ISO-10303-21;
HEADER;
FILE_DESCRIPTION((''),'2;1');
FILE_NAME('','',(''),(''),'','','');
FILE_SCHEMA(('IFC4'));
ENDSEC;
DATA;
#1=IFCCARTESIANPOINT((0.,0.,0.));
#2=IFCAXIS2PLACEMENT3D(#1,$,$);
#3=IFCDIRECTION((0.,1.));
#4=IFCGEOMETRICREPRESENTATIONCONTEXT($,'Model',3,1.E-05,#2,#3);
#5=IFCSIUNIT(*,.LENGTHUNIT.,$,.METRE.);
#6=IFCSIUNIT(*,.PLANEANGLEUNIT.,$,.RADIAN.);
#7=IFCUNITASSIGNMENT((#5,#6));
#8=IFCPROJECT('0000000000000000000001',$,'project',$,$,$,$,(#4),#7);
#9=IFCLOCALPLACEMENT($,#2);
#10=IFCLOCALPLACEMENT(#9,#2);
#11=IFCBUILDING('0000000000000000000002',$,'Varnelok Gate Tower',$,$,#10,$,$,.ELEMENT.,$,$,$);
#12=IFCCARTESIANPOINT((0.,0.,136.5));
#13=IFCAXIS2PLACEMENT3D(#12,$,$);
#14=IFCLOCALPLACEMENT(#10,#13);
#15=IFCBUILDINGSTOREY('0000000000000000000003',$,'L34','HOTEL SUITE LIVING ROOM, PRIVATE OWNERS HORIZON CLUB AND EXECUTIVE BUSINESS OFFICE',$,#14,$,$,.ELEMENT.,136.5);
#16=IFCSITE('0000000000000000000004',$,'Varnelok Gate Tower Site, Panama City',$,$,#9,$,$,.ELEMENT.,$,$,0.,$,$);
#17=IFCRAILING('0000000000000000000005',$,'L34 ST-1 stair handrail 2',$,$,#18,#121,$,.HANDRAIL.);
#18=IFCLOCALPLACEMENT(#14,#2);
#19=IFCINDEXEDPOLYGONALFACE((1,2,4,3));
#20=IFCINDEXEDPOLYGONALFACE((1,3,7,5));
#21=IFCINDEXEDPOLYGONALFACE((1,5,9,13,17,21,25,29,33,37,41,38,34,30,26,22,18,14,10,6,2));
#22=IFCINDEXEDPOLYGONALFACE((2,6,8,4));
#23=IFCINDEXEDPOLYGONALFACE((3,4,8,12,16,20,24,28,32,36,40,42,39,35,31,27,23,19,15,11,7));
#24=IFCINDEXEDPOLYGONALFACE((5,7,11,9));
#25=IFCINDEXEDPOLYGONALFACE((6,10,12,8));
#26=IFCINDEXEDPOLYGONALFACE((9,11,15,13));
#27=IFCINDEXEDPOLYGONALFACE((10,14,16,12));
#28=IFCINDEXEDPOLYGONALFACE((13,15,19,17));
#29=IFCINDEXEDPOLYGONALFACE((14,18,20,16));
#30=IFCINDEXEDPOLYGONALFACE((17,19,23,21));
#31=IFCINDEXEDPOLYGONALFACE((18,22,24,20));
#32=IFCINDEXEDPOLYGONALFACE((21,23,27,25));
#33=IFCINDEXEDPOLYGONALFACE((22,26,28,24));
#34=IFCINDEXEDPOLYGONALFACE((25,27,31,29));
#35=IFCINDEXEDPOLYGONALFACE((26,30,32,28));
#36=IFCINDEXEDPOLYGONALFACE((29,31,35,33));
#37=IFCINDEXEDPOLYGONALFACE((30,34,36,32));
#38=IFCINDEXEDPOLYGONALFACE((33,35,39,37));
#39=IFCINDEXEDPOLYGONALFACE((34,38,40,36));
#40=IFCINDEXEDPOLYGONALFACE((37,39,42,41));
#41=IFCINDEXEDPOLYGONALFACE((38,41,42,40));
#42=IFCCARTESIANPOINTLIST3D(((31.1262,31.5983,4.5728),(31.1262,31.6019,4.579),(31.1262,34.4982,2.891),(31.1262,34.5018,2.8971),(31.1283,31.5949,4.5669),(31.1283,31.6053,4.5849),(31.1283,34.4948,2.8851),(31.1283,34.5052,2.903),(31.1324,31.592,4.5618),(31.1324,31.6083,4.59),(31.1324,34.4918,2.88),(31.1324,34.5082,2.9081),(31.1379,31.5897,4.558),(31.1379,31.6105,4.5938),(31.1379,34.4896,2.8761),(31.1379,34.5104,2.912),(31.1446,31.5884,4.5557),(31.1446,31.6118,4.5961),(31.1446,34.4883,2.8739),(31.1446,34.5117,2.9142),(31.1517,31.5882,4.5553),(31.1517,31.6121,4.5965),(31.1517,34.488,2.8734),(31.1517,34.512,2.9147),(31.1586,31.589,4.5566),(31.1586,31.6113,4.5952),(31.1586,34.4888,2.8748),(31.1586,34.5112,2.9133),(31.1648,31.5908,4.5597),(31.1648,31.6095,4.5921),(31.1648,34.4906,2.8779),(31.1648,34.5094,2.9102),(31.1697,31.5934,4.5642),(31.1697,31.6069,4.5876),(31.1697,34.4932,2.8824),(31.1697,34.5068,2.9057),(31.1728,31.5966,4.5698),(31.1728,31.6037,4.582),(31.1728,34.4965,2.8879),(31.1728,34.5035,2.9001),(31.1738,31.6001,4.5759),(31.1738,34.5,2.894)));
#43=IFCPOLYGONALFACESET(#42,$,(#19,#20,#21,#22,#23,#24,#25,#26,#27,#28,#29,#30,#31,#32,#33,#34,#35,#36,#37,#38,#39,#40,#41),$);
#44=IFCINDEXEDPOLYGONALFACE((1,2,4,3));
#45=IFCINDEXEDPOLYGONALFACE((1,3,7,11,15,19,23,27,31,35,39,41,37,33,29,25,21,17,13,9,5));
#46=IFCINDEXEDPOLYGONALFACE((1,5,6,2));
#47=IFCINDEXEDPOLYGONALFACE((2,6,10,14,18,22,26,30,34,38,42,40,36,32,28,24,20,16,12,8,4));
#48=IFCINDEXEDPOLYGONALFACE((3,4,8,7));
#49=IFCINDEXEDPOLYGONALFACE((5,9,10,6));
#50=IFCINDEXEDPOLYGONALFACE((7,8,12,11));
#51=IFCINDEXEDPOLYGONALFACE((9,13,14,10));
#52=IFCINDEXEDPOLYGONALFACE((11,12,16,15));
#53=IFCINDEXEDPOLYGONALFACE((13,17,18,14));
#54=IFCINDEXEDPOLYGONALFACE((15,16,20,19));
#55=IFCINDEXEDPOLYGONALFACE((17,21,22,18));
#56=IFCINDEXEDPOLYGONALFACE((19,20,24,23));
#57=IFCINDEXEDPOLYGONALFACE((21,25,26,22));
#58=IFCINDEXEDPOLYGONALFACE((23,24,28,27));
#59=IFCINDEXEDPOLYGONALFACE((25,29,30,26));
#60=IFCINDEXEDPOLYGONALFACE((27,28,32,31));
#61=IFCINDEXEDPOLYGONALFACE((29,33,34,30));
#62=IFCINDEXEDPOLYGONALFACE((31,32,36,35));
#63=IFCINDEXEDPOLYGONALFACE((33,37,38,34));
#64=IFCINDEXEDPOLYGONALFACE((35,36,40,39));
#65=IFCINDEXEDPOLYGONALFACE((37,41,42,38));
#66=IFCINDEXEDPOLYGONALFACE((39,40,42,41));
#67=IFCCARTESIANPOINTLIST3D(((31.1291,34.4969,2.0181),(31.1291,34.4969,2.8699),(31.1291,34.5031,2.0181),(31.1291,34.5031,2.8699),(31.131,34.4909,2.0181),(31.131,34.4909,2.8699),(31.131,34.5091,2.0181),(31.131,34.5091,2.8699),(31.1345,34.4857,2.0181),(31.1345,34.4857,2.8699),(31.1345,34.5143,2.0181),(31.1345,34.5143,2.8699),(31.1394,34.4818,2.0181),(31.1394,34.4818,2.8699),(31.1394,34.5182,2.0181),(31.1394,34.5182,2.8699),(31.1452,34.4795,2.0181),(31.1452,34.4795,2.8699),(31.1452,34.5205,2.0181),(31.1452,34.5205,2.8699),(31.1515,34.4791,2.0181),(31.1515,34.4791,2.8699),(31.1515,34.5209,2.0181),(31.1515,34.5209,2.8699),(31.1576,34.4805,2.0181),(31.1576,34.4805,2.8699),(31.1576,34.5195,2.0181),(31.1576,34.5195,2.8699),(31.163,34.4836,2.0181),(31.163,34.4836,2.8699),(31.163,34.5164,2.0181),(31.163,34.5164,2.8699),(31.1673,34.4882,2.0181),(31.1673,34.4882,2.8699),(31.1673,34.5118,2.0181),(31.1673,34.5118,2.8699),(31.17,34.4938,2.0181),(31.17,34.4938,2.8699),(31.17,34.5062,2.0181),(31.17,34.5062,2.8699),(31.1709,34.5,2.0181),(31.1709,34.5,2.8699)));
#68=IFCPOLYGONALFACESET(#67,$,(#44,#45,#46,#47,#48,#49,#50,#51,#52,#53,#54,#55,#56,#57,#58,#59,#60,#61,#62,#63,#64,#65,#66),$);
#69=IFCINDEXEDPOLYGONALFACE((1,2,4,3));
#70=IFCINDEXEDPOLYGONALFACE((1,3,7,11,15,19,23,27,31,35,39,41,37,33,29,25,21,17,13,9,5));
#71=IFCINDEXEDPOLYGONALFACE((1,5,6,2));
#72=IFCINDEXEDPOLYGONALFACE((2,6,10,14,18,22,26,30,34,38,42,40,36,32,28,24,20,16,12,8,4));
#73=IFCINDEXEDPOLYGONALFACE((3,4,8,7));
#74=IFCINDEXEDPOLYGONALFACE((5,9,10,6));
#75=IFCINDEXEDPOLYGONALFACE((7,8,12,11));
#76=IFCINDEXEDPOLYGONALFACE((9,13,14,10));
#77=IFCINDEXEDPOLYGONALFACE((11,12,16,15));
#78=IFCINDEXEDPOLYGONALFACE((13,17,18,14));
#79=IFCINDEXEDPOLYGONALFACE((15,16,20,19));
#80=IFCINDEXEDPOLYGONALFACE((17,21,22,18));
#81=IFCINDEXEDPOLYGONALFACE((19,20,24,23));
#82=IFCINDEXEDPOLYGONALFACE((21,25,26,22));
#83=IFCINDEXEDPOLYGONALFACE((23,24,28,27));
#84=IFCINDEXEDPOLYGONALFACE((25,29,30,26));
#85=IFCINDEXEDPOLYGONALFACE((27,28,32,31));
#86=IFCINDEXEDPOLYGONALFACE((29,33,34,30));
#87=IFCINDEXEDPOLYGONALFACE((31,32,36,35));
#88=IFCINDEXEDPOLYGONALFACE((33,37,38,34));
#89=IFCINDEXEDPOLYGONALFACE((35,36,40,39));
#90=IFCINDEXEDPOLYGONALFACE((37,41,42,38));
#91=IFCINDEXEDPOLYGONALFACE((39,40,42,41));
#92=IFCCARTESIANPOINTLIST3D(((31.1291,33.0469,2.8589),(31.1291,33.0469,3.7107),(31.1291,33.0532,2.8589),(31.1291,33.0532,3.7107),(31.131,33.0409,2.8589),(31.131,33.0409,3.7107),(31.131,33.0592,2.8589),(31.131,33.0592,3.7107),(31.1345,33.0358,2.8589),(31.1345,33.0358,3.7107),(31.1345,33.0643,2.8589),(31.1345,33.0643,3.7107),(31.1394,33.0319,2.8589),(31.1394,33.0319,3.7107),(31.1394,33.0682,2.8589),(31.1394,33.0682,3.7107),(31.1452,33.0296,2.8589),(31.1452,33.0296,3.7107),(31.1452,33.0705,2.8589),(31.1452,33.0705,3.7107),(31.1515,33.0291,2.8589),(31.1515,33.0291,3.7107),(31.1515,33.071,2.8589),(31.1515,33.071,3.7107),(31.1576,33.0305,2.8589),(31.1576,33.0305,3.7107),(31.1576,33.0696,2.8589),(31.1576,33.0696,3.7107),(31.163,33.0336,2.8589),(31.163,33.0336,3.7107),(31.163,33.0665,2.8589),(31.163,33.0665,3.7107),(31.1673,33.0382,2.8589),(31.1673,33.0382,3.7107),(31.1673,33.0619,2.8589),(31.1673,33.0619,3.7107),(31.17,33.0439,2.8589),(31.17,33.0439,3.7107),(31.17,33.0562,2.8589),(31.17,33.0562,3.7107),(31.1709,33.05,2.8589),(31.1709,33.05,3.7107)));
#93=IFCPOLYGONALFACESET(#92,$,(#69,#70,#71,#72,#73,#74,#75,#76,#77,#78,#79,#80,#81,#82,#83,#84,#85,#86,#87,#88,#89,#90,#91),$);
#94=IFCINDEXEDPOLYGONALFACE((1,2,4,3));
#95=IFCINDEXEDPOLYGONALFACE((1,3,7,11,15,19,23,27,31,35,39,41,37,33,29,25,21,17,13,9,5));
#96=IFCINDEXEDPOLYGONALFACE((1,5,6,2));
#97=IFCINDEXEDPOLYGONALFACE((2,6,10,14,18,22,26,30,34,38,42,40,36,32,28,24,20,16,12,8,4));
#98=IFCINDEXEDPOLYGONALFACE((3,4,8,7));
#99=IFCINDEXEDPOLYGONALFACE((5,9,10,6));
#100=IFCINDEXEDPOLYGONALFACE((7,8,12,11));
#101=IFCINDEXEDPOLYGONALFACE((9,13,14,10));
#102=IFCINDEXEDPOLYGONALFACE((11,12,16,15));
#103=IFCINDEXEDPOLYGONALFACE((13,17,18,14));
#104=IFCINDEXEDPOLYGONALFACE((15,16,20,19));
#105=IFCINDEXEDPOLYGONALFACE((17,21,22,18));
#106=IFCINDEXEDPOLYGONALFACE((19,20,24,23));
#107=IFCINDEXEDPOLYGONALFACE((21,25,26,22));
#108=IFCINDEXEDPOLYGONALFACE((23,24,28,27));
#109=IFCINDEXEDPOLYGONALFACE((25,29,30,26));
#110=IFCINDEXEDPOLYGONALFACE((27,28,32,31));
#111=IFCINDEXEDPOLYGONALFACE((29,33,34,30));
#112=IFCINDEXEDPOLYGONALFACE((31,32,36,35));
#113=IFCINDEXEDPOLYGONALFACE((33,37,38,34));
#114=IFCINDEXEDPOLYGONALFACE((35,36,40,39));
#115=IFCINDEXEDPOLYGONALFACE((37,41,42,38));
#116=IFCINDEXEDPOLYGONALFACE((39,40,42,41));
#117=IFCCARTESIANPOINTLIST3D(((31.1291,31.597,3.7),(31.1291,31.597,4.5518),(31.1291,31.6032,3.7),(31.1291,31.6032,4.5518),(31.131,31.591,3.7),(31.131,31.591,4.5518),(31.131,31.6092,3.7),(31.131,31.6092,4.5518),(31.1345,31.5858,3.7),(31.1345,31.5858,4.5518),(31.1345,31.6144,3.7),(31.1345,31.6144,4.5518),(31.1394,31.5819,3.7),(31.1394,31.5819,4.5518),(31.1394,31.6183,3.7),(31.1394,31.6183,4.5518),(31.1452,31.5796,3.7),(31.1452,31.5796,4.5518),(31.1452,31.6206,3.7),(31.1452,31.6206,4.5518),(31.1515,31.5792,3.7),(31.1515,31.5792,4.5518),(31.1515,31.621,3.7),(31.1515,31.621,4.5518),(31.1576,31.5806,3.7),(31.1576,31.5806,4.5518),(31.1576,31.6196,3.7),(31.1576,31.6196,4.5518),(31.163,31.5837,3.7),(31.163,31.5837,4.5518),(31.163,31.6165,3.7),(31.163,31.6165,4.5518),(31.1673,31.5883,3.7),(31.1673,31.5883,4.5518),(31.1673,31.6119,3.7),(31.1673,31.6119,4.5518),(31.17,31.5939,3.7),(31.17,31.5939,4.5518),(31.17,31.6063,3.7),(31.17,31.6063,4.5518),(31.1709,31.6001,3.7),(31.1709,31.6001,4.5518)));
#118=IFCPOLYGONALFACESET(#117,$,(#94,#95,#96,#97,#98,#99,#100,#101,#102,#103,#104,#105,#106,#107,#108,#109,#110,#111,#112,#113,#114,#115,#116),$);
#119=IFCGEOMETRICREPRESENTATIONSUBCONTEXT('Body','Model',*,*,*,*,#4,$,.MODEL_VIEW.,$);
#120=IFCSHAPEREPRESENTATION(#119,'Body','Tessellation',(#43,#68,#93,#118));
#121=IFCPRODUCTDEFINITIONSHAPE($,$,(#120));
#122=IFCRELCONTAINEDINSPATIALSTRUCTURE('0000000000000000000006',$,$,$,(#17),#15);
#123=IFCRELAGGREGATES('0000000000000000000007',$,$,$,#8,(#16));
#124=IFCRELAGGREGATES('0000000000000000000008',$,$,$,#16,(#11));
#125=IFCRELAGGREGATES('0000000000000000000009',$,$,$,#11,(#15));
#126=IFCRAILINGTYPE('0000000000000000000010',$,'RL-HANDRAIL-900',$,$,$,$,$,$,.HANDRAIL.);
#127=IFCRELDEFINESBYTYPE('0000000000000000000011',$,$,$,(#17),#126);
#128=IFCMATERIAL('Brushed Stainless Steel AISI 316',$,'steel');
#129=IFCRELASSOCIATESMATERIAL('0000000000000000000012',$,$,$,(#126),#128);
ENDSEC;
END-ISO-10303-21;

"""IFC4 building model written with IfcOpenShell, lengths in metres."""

from ifc_helpers import new_model, si_unit, direction, frame, origin, origin_2d, place, context, subcontext, project, spatial, circle, extrude, material, type_object, element, save


model = new_model("IFC4")

# Units and contexts
model_context = context("Model", 3, precision=1e-05, world=origin(), true_north=direction((0.0, 1.0)))
body_context = subcontext(model_context, "Body", "Model", "MODEL_VIEW")
ifc_project = project(units=[si_unit("LENGTHUNIT", "METRE"), si_unit("PLANEANGLEUNIT", "RADIAN")], contexts=[model_context])

# Site, building, storey
site_placement = place(None, origin())
site = spatial("IfcSite", under=ifc_project, at=site_placement, Name="Varnelok Gate Tower Site, Panama City", CompositionType="ELEMENT", RefElevation=0.0)
building_placement = place(site_placement, origin())
building = spatial("IfcBuilding", under=site, at=building_placement, Name="Varnelok Gate Tower", CompositionType="ELEMENT")
storey_placement = place(building_placement, frame((0.0, 0.0, 136.5)))
storey = spatial("IfcBuildingStorey", under=building, at=storey_placement, Name="L34", Description="HOTEL SUITE LIVING ROOM, PRIVATE OWNERS HORIZON CLUB AND EXECUTIVE BUSINESS OFFICE", CompositionType="ELEMENT", Elevation=136.5)

# Railing
ifc_material_1 = material(Name="Brushed Stainless Steel AISI 316", Category="steel")
railing_type_1 = type_object("IfcRailingType", Name="RL-HANDRAIL-900", PredefinedType="HANDRAIL", material=ifc_material_1)
railing_1_placement = place(storey_placement, frame((31.1499, 34.5, 2.0181)))
element("IfcRailing", 1, at=railing_1_placement, inside=storey, type_object=railing_type_1, Name="L34 ST-1 stair handrail 2", PredefinedType="HANDRAIL", context=body_context, shape_type="SweptSolid", body=[
    extrude(circle(Radius=0.0239, at=origin_2d()), frame((0.0, 0.0, 0.876), z_axis=(0.0, -0.865039, 0.501705), x_axis=(1.0, 0.0, 0.0)), (0.0, 0.0, 1.0), 3.3523),
    extrude(circle(Radius=0.021, at=origin_2d()), origin(), (0.0, 0.0, 1.0), 0.8518),
    extrude(circle(Radius=0.021, at=origin_2d()), frame((0.0, -1.45, 0.8408)), (0.0, 0.0, 1.0), 0.8518),
    extrude(circle(Radius=0.021, at=origin_2d()), frame((0.0, -2.8999, 1.6819)), (0.0, 0.0, 1.0), 0.8518),
])

save(model, "model.ifc")
